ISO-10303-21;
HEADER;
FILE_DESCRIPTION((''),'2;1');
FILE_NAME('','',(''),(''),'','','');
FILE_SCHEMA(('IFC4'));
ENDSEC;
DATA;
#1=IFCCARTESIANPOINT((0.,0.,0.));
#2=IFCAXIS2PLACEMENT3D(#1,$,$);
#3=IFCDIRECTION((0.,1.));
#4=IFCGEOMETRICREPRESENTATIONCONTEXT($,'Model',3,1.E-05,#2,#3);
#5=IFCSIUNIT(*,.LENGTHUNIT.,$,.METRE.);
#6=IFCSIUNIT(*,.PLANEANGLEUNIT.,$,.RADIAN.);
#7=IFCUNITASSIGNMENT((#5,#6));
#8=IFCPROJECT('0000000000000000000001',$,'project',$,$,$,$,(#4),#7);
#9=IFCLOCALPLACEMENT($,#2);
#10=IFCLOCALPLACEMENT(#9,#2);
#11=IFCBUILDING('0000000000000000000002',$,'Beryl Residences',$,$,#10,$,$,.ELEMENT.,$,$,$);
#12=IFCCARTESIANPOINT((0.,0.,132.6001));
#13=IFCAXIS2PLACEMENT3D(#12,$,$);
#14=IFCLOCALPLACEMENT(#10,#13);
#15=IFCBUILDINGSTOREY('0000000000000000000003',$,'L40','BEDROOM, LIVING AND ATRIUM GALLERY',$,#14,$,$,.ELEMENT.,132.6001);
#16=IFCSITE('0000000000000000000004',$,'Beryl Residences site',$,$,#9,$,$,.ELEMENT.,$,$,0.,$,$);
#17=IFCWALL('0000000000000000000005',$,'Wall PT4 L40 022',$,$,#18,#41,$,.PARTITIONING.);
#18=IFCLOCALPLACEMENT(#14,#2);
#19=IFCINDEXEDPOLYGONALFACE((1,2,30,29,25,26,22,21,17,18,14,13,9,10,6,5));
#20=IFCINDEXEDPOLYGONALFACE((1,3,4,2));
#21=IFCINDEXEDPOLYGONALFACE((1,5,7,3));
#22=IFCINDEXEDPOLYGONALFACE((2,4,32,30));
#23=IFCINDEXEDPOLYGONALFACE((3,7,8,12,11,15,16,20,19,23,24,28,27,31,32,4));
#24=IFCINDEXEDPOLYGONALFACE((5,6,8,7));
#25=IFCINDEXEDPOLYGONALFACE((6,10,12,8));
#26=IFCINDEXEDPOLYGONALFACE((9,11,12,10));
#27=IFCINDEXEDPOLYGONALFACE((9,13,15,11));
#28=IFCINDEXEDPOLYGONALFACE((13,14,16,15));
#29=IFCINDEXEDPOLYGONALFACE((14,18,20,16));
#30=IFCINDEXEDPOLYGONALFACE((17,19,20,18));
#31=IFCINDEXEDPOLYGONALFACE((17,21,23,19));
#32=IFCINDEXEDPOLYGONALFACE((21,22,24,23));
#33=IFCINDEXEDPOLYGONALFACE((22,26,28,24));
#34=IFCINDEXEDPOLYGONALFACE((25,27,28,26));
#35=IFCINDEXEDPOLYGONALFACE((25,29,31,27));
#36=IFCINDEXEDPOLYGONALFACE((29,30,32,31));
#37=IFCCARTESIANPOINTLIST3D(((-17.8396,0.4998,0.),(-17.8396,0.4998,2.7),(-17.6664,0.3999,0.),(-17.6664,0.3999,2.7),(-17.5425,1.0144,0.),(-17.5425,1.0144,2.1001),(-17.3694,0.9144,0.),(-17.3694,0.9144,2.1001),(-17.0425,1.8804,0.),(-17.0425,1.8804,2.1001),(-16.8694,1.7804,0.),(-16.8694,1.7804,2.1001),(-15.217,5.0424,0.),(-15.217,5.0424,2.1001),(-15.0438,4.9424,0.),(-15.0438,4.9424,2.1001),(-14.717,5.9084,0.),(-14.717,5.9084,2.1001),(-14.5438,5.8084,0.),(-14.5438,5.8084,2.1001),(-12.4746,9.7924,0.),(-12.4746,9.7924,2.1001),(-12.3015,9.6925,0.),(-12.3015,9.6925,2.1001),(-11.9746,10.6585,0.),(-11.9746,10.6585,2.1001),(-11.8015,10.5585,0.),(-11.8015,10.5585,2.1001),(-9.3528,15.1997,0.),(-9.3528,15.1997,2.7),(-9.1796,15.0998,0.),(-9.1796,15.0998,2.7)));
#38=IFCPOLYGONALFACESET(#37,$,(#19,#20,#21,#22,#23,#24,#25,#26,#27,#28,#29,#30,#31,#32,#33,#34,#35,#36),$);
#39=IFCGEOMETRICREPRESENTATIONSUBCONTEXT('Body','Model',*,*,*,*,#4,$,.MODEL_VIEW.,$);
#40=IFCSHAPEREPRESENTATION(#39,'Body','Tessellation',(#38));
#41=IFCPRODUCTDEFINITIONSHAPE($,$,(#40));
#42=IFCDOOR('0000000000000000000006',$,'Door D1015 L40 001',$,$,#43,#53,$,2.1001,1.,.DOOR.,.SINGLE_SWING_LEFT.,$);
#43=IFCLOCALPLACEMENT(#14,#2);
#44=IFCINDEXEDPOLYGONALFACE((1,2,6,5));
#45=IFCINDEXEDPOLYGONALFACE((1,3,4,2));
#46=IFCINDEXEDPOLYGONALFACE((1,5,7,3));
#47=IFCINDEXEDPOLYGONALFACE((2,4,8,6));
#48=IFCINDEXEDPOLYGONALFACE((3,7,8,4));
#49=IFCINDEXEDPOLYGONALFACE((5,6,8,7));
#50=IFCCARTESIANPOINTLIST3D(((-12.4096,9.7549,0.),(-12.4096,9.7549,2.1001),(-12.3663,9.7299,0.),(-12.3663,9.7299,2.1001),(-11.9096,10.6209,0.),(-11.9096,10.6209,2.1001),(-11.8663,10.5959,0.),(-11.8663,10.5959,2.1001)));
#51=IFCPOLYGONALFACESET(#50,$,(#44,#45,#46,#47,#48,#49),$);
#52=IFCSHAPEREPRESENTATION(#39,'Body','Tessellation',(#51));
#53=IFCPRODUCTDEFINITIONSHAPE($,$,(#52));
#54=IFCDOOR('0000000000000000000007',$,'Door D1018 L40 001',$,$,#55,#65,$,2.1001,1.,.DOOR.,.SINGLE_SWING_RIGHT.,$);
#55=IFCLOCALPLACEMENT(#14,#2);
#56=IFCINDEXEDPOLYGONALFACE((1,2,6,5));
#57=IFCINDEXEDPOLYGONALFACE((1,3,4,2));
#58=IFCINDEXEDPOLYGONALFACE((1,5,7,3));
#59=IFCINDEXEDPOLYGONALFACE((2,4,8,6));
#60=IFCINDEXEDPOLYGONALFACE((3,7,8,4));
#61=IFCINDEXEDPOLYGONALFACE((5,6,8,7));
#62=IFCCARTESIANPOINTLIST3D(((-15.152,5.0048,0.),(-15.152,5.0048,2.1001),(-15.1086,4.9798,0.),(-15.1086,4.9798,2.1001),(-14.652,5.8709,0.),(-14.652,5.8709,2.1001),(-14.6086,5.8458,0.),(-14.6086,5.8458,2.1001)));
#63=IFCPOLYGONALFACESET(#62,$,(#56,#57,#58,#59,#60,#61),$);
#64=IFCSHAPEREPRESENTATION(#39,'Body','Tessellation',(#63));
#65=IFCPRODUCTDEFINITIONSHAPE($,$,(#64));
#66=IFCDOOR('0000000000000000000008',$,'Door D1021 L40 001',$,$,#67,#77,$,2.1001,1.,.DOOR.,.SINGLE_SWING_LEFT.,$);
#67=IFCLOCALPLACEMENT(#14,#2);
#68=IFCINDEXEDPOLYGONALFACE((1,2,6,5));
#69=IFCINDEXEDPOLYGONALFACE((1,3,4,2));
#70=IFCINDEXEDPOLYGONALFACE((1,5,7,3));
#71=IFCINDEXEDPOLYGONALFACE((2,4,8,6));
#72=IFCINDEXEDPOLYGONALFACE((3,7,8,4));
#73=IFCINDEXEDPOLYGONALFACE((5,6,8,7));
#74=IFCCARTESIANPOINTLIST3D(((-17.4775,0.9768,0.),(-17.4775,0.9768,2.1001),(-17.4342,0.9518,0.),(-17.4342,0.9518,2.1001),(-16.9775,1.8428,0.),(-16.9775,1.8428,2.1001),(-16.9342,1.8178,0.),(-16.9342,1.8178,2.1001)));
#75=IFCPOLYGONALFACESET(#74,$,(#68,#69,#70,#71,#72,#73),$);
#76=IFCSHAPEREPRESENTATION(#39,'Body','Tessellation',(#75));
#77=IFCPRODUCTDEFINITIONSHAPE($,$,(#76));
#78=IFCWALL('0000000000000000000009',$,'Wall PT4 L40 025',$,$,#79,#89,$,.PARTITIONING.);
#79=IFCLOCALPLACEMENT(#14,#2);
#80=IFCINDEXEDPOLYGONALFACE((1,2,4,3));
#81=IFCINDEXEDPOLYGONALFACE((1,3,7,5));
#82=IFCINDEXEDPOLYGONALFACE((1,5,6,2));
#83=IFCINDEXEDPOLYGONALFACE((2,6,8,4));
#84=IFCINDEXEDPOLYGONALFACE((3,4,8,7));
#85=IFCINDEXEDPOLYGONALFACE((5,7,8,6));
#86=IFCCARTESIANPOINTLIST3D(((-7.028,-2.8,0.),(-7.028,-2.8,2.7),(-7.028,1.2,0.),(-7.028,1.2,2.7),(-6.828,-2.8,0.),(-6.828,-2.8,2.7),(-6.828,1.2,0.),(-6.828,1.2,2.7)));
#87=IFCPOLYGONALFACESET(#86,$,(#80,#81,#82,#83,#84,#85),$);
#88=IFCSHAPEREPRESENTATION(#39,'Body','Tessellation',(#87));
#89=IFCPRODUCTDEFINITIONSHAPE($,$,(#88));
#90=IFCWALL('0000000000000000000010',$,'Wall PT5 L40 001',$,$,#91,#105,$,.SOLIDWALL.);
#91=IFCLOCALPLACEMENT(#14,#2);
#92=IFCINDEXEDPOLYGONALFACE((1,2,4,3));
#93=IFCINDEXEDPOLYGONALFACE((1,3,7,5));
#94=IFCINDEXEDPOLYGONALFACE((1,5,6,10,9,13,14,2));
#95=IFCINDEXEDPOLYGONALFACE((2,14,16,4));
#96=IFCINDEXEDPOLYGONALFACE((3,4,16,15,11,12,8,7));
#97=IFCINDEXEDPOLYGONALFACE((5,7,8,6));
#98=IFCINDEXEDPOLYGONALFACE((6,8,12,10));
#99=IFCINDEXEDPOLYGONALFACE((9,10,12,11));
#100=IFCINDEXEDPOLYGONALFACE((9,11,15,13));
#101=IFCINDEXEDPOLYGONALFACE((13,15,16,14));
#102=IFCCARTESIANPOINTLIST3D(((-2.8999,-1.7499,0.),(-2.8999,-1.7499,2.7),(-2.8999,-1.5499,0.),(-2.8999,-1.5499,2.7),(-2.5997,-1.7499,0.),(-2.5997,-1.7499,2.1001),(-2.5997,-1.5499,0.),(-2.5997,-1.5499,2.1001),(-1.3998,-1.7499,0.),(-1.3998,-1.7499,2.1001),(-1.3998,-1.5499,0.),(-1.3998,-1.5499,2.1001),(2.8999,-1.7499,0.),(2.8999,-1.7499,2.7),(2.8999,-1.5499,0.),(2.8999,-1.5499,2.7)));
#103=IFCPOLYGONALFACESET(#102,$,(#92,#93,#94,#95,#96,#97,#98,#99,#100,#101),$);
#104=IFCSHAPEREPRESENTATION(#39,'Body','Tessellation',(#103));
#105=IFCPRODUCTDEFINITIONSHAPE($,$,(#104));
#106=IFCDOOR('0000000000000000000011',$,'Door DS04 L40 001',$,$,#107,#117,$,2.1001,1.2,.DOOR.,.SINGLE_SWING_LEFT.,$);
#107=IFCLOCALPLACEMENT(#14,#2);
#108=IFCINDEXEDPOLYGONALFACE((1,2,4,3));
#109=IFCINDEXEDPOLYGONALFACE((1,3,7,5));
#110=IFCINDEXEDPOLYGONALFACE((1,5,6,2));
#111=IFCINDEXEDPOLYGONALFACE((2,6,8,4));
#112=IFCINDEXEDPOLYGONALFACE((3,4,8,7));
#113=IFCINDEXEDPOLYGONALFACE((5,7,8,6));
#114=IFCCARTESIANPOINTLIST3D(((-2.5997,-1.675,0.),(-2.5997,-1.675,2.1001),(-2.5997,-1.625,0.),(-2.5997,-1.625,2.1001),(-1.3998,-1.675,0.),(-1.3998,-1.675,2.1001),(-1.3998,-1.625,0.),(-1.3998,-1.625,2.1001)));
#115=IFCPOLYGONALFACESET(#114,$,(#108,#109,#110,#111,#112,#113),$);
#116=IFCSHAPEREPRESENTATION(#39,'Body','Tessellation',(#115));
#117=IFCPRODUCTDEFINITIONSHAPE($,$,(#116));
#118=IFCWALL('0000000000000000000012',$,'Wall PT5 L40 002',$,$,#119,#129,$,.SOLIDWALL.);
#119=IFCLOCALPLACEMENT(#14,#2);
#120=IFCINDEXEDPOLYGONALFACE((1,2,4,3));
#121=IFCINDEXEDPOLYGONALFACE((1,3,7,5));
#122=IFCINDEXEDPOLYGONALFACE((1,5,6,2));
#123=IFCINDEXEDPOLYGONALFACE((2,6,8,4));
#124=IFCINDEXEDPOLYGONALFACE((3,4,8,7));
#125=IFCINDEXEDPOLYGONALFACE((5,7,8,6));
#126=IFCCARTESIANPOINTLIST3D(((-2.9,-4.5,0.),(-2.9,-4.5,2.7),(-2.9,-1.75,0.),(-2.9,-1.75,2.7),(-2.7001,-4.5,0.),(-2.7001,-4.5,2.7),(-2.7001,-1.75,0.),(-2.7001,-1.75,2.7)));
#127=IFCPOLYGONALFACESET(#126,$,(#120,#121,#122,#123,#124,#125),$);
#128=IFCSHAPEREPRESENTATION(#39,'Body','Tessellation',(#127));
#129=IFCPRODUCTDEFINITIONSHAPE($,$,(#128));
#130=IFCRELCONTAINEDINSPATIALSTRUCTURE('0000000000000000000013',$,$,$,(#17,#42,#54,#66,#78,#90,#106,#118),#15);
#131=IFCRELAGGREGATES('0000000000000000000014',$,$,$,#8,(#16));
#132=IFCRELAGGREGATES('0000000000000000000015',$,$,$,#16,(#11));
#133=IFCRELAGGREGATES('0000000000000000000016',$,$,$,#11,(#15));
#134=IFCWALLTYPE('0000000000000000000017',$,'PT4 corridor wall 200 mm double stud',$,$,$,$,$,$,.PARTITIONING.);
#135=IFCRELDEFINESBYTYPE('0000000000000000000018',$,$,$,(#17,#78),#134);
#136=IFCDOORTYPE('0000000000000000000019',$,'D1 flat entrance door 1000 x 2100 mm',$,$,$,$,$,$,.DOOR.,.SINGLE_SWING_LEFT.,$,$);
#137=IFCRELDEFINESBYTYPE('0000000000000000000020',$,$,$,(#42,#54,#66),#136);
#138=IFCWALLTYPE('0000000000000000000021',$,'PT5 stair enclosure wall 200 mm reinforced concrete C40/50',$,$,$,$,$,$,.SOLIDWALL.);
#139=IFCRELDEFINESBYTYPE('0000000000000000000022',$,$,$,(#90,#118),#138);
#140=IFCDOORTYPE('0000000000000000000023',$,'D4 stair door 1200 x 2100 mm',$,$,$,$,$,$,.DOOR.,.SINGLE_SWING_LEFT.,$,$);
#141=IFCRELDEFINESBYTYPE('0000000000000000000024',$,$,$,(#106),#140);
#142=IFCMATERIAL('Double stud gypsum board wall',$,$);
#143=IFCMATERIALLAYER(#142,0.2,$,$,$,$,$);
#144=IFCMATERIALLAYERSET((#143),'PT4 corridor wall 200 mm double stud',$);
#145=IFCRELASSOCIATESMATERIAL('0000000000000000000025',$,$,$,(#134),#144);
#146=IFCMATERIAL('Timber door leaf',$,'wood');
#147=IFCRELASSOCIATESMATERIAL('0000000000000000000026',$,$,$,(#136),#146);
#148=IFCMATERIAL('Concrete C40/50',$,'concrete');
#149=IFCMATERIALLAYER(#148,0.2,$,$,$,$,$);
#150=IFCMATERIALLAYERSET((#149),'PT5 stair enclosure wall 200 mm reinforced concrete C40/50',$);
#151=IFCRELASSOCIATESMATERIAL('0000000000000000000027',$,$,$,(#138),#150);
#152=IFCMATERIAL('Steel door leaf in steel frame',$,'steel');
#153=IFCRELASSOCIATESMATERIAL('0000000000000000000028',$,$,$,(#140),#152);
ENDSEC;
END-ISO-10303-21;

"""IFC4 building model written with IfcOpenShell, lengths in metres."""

from ifc_helpers import new_model, si_unit, direction, frame, frame_2d, origin, place, context, subcontext, project, spatial, rectangle, extrude, material, layer, layer_set, type_object, element, fill, save


model = new_model("IFC4")

# Units and contexts
model_context = context("Model", 3, precision=1e-05, world=origin(), true_north=direction((0.0, 1.0)))
body_context = subcontext(model_context, "Body", "Model", "MODEL_VIEW")
ifc_project = project(units=[si_unit("LENGTHUNIT", "METRE"), si_unit("PLANEANGLEUNIT", "RADIAN")], contexts=[model_context])

# Site, building, storey
site_placement = place(None, origin())
site = spatial("IfcSite", under=ifc_project, at=site_placement, Name="Beryl Residences site", CompositionType="ELEMENT", RefElevation=0.0)
building_placement = place(site_placement, origin())
building = spatial("IfcBuilding", under=site, at=building_placement, Name="Beryl Residences", CompositionType="ELEMENT")
storey_placement = place(building_placement, frame((0.0, 0.0, 132.6001)))
storey = spatial("IfcBuildingStorey", under=building, at=storey_placement, Name="L40", Description="BEDROOM, LIVING AND ATRIUM GALLERY", CompositionType="ELEMENT", Elevation=132.6001)

# Shared definitions
ifc_material_1 = material(Name="Double stud gypsum board wall")
ifc_layer_1 = layer(ifc_material_1, 0.2)
ifc_layer_set_1 = layer_set([ifc_layer_1], Name="PT4 corridor wall 200 mm double stud")
wall_type_1 = type_object("IfcWallType", Name="PT4 corridor wall 200 mm double stud", PredefinedType="PARTITIONING", material=ifc_layer_set_1)

# Wall, openings, doors
wall_1_placement = place(storey_placement, frame((-17.7529, 0.45, 0.0), z_axis=(0.0, 0.0, 1.0), x_axis=(0.499991, 0.866031, 0.0)))
wall_1 = element("IfcWall", 1, at=wall_1_placement, inside=storey, type_object=wall_type_1, Name="Wall PT4 L40 022", PredefinedType="PARTITIONING", context=body_context, shape_type="SweptSolid", body=[
    extrude(rectangle(XDim=16.9739, YDim=0.2, at=frame_2d((8.4868, 0.0))), origin(), (0.0, 0.0, 1.0), 2.7),
])
opening_1_placement = place(wall_1_placement, frame((10.73, 0.0, 0.0)))
opening_1 = element("IfcOpeningElement", 2, at=opening_1_placement, cuts=wall_1, PredefinedType="OPENING", context=body_context, shape_type="SweptSolid", body=[
    extrude(rectangle(XDim=1.0, YDim=2.1001, at=frame_2d((0.5, 1.05))), frame((0.0, 0.1099, 0.0), z_axis=(0.0, -1.0, 0.0), x_axis=(1.0, 0.0, 0.0)), (0.0, 0.0, 1.0), 0.22),
])
opening_2_placement = place(wall_1_placement, frame((5.2451, 0.0, 0.0)))
opening_2 = element("IfcOpeningElement", 3, at=opening_2_placement, cuts=wall_1, PredefinedType="OPENING", context=body_context, shape_type="SweptSolid", body=[
    extrude(rectangle(XDim=1.0, YDim=2.1001, at=frame_2d((0.5, 1.05))), frame((0.0, 0.1099, 0.0), z_axis=(0.0, -1.0, 0.0), x_axis=(1.0, 0.0, 0.0)), (0.0, 0.0, 1.0), 0.22),
])
opening_3_placement = place(wall_1_placement, frame((0.594, 0.0, 0.0)))
opening_3 = element("IfcOpeningElement", 4, at=opening_3_placement, cuts=wall_1, PredefinedType="OPENING", context=body_context, shape_type="SweptSolid", body=[
    extrude(rectangle(XDim=1.0, YDim=2.1001, at=frame_2d((0.5, 1.05))), frame((0.0, 0.1099, 0.0), z_axis=(0.0, -1.0, 0.0), x_axis=(1.0, 0.0, 0.0)), (0.0, 0.0, 1.0), 0.22),
])
ifc_material_2 = material(Name="Timber door leaf", Category="wood")
door_type_1 = type_object("IfcDoorType", Name="D1 flat entrance door 1000 x 2100 mm", OperationType="SINGLE_SWING_LEFT", PredefinedType="DOOR", material=ifc_material_2)
door_1_placement = place(opening_1_placement, origin())
door_1 = element("IfcDoor", 5, at=door_1_placement, inside=storey, type_object=door_type_1, Name="Door D1015 L40 001", OperationType="SINGLE_SWING_LEFT", OverallHeight=2.1001, OverallWidth=1.0, PredefinedType="DOOR", context=body_context, shape_type="SweptSolid", body=[
    extrude(rectangle(XDim=1.0, YDim=2.1001, at=frame_2d((0.5, 1.05))), frame((0.0, 0.0249, 0.0), z_axis=(0.0, -1.0, 0.0), x_axis=(1.0, 0.0, 0.0)), (0.0, 0.0, 1.0), 0.05),
])
fill(opening_1, door_1)
door_2_placement = place(opening_2_placement, origin())
door_2 = element("IfcDoor", 6, at=door_2_placement, inside=storey, type_object=door_type_1, Name="Door D1018 L40 001", OperationType="SINGLE_SWING_RIGHT", OverallHeight=2.1001, OverallWidth=1.0, PredefinedType="DOOR", context=body_context, shape_type="SweptSolid", body=[
    extrude(rectangle(XDim=1.0, YDim=2.1001, at=frame_2d((0.5, 1.05))), frame((0.0, 0.0249, 0.0), z_axis=(0.0, -1.0, 0.0), x_axis=(1.0, 0.0, 0.0)), (0.0, 0.0, 1.0), 0.05),
])
fill(opening_2, door_2)
door_3_placement = place(opening_3_placement, origin())
door_3 = element("IfcDoor", 7, at=door_3_placement, inside=storey, type_object=door_type_1, Name="Door D1021 L40 001", OperationType="SINGLE_SWING_LEFT", OverallHeight=2.1001, OverallWidth=1.0, PredefinedType="DOOR", context=body_context, shape_type="SweptSolid", body=[
    extrude(rectangle(XDim=1.0, YDim=2.1001, at=frame_2d((0.5, 1.05))), frame((0.0, 0.0249, 0.0), z_axis=(0.0, -1.0, 0.0), x_axis=(1.0, 0.0, 0.0)), (0.0, 0.0, 1.0), 0.05),
])
fill(opening_3, door_3)

# Wall
wall_2_placement = place(storey_placement, frame((-6.928, -2.8, 0.0), z_axis=(0.0, 0.0, 1.0), x_axis=(0.0, 1.0, 0.0)))
element("IfcWall", 8, at=wall_2_placement, inside=storey, type_object=wall_type_1, Name="Wall PT4 L40 025", PredefinedType="PARTITIONING", context=body_context, shape_type="SweptSolid", body=[
    extrude(rectangle(XDim=4.0, YDim=0.2, at=frame_2d((2.0, 0.0))), origin(), (0.0, 0.0, 1.0), 2.7),
])

# Wall, opening, door
ifc_material_3 = material(Name="Concrete C40/50", Category="concrete")
ifc_layer_2 = layer(ifc_material_3, 0.2)
ifc_layer_set_2 = layer_set([ifc_layer_2], Name="PT5 stair enclosure wall 200 mm reinforced concrete C40/50")
wall_type_2 = type_object("IfcWallType", Name="PT5 stair enclosure wall 200 mm reinforced concrete C40/50", PredefinedType="SOLIDWALL", material=ifc_layer_set_2)
wall_3_placement = place(storey_placement, frame((-2.8999, -1.6499, 0.0), z_axis=(0.0, 0.0, 1.0), x_axis=(1.0, 0.0, 0.0)))
wall_3 = element("IfcWall", 9, at=wall_3_placement, inside=storey, type_object=wall_type_2, Name="Wall PT5 L40 001", PredefinedType="SOLIDWALL", context=body_context, shape_type="SweptSolid", body=[
    extrude(rectangle(XDim=5.7998, YDim=0.2, at=frame_2d((2.8999, 0.0))), origin(), (0.0, 0.0, 1.0), 2.7),
])
opening_4_placement = place(wall_3_placement, frame((0.3, 0.0, 0.0)))
opening_4 = element("IfcOpeningElement", 10, at=opening_4_placement, cuts=wall_3, PredefinedType="OPENING", context=body_context, shape_type="SweptSolid", body=[
    extrude(rectangle(XDim=1.2, YDim=2.1001, at=frame_2d((0.6001, 1.05))), frame((0.0, 0.1099, 0.0), z_axis=(0.0, -1.0, 0.0), x_axis=(1.0, 0.0, 0.0)), (0.0, 0.0, 1.0), 0.22),
])
ifc_material_4 = material(Name="Steel door leaf in steel frame", Category="steel")
door_type_2 = type_object("IfcDoorType", Name="D4 stair door 1200 x 2100 mm", OperationType="SINGLE_SWING_LEFT", PredefinedType="DOOR", material=ifc_material_4)
door_4_placement = place(opening_4_placement, origin())
door_4 = element("IfcDoor", 11, at=door_4_placement, inside=storey, type_object=door_type_2, Name="Door DS04 L40 001", OperationType="SINGLE_SWING_LEFT", OverallHeight=2.1001, OverallWidth=1.2, PredefinedType="DOOR", context=body_context, shape_type="SweptSolid", body=[
    extrude(rectangle(XDim=1.2, YDim=2.1001, at=frame_2d((0.6001, 1.05))), frame((0.0, 0.0249, 0.0), z_axis=(0.0, -1.0, 0.0), x_axis=(1.0, 0.0, 0.0)), (0.0, 0.0, 1.0), 0.05),
])
fill(opening_4, door_4)

# Wall
wall_4_placement = place(storey_placement, frame((-2.8, -4.5, 0.0), z_axis=(0.0, 0.0, 1.0), x_axis=(0.0, 1.0, 0.0)))
element("IfcWall", 12, at=wall_4_placement, inside=storey, type_object=wall_type_2, Name="Wall PT5 L40 002", PredefinedType="SOLIDWALL", context=body_context, shape_type="SweptSolid", body=[
    extrude(rectangle(XDim=2.75, YDim=0.2, at=frame_2d((1.375, 0.0))), origin(), (0.0, 0.0, 1.0), 2.7),
])

save(model, "model.ifc")
